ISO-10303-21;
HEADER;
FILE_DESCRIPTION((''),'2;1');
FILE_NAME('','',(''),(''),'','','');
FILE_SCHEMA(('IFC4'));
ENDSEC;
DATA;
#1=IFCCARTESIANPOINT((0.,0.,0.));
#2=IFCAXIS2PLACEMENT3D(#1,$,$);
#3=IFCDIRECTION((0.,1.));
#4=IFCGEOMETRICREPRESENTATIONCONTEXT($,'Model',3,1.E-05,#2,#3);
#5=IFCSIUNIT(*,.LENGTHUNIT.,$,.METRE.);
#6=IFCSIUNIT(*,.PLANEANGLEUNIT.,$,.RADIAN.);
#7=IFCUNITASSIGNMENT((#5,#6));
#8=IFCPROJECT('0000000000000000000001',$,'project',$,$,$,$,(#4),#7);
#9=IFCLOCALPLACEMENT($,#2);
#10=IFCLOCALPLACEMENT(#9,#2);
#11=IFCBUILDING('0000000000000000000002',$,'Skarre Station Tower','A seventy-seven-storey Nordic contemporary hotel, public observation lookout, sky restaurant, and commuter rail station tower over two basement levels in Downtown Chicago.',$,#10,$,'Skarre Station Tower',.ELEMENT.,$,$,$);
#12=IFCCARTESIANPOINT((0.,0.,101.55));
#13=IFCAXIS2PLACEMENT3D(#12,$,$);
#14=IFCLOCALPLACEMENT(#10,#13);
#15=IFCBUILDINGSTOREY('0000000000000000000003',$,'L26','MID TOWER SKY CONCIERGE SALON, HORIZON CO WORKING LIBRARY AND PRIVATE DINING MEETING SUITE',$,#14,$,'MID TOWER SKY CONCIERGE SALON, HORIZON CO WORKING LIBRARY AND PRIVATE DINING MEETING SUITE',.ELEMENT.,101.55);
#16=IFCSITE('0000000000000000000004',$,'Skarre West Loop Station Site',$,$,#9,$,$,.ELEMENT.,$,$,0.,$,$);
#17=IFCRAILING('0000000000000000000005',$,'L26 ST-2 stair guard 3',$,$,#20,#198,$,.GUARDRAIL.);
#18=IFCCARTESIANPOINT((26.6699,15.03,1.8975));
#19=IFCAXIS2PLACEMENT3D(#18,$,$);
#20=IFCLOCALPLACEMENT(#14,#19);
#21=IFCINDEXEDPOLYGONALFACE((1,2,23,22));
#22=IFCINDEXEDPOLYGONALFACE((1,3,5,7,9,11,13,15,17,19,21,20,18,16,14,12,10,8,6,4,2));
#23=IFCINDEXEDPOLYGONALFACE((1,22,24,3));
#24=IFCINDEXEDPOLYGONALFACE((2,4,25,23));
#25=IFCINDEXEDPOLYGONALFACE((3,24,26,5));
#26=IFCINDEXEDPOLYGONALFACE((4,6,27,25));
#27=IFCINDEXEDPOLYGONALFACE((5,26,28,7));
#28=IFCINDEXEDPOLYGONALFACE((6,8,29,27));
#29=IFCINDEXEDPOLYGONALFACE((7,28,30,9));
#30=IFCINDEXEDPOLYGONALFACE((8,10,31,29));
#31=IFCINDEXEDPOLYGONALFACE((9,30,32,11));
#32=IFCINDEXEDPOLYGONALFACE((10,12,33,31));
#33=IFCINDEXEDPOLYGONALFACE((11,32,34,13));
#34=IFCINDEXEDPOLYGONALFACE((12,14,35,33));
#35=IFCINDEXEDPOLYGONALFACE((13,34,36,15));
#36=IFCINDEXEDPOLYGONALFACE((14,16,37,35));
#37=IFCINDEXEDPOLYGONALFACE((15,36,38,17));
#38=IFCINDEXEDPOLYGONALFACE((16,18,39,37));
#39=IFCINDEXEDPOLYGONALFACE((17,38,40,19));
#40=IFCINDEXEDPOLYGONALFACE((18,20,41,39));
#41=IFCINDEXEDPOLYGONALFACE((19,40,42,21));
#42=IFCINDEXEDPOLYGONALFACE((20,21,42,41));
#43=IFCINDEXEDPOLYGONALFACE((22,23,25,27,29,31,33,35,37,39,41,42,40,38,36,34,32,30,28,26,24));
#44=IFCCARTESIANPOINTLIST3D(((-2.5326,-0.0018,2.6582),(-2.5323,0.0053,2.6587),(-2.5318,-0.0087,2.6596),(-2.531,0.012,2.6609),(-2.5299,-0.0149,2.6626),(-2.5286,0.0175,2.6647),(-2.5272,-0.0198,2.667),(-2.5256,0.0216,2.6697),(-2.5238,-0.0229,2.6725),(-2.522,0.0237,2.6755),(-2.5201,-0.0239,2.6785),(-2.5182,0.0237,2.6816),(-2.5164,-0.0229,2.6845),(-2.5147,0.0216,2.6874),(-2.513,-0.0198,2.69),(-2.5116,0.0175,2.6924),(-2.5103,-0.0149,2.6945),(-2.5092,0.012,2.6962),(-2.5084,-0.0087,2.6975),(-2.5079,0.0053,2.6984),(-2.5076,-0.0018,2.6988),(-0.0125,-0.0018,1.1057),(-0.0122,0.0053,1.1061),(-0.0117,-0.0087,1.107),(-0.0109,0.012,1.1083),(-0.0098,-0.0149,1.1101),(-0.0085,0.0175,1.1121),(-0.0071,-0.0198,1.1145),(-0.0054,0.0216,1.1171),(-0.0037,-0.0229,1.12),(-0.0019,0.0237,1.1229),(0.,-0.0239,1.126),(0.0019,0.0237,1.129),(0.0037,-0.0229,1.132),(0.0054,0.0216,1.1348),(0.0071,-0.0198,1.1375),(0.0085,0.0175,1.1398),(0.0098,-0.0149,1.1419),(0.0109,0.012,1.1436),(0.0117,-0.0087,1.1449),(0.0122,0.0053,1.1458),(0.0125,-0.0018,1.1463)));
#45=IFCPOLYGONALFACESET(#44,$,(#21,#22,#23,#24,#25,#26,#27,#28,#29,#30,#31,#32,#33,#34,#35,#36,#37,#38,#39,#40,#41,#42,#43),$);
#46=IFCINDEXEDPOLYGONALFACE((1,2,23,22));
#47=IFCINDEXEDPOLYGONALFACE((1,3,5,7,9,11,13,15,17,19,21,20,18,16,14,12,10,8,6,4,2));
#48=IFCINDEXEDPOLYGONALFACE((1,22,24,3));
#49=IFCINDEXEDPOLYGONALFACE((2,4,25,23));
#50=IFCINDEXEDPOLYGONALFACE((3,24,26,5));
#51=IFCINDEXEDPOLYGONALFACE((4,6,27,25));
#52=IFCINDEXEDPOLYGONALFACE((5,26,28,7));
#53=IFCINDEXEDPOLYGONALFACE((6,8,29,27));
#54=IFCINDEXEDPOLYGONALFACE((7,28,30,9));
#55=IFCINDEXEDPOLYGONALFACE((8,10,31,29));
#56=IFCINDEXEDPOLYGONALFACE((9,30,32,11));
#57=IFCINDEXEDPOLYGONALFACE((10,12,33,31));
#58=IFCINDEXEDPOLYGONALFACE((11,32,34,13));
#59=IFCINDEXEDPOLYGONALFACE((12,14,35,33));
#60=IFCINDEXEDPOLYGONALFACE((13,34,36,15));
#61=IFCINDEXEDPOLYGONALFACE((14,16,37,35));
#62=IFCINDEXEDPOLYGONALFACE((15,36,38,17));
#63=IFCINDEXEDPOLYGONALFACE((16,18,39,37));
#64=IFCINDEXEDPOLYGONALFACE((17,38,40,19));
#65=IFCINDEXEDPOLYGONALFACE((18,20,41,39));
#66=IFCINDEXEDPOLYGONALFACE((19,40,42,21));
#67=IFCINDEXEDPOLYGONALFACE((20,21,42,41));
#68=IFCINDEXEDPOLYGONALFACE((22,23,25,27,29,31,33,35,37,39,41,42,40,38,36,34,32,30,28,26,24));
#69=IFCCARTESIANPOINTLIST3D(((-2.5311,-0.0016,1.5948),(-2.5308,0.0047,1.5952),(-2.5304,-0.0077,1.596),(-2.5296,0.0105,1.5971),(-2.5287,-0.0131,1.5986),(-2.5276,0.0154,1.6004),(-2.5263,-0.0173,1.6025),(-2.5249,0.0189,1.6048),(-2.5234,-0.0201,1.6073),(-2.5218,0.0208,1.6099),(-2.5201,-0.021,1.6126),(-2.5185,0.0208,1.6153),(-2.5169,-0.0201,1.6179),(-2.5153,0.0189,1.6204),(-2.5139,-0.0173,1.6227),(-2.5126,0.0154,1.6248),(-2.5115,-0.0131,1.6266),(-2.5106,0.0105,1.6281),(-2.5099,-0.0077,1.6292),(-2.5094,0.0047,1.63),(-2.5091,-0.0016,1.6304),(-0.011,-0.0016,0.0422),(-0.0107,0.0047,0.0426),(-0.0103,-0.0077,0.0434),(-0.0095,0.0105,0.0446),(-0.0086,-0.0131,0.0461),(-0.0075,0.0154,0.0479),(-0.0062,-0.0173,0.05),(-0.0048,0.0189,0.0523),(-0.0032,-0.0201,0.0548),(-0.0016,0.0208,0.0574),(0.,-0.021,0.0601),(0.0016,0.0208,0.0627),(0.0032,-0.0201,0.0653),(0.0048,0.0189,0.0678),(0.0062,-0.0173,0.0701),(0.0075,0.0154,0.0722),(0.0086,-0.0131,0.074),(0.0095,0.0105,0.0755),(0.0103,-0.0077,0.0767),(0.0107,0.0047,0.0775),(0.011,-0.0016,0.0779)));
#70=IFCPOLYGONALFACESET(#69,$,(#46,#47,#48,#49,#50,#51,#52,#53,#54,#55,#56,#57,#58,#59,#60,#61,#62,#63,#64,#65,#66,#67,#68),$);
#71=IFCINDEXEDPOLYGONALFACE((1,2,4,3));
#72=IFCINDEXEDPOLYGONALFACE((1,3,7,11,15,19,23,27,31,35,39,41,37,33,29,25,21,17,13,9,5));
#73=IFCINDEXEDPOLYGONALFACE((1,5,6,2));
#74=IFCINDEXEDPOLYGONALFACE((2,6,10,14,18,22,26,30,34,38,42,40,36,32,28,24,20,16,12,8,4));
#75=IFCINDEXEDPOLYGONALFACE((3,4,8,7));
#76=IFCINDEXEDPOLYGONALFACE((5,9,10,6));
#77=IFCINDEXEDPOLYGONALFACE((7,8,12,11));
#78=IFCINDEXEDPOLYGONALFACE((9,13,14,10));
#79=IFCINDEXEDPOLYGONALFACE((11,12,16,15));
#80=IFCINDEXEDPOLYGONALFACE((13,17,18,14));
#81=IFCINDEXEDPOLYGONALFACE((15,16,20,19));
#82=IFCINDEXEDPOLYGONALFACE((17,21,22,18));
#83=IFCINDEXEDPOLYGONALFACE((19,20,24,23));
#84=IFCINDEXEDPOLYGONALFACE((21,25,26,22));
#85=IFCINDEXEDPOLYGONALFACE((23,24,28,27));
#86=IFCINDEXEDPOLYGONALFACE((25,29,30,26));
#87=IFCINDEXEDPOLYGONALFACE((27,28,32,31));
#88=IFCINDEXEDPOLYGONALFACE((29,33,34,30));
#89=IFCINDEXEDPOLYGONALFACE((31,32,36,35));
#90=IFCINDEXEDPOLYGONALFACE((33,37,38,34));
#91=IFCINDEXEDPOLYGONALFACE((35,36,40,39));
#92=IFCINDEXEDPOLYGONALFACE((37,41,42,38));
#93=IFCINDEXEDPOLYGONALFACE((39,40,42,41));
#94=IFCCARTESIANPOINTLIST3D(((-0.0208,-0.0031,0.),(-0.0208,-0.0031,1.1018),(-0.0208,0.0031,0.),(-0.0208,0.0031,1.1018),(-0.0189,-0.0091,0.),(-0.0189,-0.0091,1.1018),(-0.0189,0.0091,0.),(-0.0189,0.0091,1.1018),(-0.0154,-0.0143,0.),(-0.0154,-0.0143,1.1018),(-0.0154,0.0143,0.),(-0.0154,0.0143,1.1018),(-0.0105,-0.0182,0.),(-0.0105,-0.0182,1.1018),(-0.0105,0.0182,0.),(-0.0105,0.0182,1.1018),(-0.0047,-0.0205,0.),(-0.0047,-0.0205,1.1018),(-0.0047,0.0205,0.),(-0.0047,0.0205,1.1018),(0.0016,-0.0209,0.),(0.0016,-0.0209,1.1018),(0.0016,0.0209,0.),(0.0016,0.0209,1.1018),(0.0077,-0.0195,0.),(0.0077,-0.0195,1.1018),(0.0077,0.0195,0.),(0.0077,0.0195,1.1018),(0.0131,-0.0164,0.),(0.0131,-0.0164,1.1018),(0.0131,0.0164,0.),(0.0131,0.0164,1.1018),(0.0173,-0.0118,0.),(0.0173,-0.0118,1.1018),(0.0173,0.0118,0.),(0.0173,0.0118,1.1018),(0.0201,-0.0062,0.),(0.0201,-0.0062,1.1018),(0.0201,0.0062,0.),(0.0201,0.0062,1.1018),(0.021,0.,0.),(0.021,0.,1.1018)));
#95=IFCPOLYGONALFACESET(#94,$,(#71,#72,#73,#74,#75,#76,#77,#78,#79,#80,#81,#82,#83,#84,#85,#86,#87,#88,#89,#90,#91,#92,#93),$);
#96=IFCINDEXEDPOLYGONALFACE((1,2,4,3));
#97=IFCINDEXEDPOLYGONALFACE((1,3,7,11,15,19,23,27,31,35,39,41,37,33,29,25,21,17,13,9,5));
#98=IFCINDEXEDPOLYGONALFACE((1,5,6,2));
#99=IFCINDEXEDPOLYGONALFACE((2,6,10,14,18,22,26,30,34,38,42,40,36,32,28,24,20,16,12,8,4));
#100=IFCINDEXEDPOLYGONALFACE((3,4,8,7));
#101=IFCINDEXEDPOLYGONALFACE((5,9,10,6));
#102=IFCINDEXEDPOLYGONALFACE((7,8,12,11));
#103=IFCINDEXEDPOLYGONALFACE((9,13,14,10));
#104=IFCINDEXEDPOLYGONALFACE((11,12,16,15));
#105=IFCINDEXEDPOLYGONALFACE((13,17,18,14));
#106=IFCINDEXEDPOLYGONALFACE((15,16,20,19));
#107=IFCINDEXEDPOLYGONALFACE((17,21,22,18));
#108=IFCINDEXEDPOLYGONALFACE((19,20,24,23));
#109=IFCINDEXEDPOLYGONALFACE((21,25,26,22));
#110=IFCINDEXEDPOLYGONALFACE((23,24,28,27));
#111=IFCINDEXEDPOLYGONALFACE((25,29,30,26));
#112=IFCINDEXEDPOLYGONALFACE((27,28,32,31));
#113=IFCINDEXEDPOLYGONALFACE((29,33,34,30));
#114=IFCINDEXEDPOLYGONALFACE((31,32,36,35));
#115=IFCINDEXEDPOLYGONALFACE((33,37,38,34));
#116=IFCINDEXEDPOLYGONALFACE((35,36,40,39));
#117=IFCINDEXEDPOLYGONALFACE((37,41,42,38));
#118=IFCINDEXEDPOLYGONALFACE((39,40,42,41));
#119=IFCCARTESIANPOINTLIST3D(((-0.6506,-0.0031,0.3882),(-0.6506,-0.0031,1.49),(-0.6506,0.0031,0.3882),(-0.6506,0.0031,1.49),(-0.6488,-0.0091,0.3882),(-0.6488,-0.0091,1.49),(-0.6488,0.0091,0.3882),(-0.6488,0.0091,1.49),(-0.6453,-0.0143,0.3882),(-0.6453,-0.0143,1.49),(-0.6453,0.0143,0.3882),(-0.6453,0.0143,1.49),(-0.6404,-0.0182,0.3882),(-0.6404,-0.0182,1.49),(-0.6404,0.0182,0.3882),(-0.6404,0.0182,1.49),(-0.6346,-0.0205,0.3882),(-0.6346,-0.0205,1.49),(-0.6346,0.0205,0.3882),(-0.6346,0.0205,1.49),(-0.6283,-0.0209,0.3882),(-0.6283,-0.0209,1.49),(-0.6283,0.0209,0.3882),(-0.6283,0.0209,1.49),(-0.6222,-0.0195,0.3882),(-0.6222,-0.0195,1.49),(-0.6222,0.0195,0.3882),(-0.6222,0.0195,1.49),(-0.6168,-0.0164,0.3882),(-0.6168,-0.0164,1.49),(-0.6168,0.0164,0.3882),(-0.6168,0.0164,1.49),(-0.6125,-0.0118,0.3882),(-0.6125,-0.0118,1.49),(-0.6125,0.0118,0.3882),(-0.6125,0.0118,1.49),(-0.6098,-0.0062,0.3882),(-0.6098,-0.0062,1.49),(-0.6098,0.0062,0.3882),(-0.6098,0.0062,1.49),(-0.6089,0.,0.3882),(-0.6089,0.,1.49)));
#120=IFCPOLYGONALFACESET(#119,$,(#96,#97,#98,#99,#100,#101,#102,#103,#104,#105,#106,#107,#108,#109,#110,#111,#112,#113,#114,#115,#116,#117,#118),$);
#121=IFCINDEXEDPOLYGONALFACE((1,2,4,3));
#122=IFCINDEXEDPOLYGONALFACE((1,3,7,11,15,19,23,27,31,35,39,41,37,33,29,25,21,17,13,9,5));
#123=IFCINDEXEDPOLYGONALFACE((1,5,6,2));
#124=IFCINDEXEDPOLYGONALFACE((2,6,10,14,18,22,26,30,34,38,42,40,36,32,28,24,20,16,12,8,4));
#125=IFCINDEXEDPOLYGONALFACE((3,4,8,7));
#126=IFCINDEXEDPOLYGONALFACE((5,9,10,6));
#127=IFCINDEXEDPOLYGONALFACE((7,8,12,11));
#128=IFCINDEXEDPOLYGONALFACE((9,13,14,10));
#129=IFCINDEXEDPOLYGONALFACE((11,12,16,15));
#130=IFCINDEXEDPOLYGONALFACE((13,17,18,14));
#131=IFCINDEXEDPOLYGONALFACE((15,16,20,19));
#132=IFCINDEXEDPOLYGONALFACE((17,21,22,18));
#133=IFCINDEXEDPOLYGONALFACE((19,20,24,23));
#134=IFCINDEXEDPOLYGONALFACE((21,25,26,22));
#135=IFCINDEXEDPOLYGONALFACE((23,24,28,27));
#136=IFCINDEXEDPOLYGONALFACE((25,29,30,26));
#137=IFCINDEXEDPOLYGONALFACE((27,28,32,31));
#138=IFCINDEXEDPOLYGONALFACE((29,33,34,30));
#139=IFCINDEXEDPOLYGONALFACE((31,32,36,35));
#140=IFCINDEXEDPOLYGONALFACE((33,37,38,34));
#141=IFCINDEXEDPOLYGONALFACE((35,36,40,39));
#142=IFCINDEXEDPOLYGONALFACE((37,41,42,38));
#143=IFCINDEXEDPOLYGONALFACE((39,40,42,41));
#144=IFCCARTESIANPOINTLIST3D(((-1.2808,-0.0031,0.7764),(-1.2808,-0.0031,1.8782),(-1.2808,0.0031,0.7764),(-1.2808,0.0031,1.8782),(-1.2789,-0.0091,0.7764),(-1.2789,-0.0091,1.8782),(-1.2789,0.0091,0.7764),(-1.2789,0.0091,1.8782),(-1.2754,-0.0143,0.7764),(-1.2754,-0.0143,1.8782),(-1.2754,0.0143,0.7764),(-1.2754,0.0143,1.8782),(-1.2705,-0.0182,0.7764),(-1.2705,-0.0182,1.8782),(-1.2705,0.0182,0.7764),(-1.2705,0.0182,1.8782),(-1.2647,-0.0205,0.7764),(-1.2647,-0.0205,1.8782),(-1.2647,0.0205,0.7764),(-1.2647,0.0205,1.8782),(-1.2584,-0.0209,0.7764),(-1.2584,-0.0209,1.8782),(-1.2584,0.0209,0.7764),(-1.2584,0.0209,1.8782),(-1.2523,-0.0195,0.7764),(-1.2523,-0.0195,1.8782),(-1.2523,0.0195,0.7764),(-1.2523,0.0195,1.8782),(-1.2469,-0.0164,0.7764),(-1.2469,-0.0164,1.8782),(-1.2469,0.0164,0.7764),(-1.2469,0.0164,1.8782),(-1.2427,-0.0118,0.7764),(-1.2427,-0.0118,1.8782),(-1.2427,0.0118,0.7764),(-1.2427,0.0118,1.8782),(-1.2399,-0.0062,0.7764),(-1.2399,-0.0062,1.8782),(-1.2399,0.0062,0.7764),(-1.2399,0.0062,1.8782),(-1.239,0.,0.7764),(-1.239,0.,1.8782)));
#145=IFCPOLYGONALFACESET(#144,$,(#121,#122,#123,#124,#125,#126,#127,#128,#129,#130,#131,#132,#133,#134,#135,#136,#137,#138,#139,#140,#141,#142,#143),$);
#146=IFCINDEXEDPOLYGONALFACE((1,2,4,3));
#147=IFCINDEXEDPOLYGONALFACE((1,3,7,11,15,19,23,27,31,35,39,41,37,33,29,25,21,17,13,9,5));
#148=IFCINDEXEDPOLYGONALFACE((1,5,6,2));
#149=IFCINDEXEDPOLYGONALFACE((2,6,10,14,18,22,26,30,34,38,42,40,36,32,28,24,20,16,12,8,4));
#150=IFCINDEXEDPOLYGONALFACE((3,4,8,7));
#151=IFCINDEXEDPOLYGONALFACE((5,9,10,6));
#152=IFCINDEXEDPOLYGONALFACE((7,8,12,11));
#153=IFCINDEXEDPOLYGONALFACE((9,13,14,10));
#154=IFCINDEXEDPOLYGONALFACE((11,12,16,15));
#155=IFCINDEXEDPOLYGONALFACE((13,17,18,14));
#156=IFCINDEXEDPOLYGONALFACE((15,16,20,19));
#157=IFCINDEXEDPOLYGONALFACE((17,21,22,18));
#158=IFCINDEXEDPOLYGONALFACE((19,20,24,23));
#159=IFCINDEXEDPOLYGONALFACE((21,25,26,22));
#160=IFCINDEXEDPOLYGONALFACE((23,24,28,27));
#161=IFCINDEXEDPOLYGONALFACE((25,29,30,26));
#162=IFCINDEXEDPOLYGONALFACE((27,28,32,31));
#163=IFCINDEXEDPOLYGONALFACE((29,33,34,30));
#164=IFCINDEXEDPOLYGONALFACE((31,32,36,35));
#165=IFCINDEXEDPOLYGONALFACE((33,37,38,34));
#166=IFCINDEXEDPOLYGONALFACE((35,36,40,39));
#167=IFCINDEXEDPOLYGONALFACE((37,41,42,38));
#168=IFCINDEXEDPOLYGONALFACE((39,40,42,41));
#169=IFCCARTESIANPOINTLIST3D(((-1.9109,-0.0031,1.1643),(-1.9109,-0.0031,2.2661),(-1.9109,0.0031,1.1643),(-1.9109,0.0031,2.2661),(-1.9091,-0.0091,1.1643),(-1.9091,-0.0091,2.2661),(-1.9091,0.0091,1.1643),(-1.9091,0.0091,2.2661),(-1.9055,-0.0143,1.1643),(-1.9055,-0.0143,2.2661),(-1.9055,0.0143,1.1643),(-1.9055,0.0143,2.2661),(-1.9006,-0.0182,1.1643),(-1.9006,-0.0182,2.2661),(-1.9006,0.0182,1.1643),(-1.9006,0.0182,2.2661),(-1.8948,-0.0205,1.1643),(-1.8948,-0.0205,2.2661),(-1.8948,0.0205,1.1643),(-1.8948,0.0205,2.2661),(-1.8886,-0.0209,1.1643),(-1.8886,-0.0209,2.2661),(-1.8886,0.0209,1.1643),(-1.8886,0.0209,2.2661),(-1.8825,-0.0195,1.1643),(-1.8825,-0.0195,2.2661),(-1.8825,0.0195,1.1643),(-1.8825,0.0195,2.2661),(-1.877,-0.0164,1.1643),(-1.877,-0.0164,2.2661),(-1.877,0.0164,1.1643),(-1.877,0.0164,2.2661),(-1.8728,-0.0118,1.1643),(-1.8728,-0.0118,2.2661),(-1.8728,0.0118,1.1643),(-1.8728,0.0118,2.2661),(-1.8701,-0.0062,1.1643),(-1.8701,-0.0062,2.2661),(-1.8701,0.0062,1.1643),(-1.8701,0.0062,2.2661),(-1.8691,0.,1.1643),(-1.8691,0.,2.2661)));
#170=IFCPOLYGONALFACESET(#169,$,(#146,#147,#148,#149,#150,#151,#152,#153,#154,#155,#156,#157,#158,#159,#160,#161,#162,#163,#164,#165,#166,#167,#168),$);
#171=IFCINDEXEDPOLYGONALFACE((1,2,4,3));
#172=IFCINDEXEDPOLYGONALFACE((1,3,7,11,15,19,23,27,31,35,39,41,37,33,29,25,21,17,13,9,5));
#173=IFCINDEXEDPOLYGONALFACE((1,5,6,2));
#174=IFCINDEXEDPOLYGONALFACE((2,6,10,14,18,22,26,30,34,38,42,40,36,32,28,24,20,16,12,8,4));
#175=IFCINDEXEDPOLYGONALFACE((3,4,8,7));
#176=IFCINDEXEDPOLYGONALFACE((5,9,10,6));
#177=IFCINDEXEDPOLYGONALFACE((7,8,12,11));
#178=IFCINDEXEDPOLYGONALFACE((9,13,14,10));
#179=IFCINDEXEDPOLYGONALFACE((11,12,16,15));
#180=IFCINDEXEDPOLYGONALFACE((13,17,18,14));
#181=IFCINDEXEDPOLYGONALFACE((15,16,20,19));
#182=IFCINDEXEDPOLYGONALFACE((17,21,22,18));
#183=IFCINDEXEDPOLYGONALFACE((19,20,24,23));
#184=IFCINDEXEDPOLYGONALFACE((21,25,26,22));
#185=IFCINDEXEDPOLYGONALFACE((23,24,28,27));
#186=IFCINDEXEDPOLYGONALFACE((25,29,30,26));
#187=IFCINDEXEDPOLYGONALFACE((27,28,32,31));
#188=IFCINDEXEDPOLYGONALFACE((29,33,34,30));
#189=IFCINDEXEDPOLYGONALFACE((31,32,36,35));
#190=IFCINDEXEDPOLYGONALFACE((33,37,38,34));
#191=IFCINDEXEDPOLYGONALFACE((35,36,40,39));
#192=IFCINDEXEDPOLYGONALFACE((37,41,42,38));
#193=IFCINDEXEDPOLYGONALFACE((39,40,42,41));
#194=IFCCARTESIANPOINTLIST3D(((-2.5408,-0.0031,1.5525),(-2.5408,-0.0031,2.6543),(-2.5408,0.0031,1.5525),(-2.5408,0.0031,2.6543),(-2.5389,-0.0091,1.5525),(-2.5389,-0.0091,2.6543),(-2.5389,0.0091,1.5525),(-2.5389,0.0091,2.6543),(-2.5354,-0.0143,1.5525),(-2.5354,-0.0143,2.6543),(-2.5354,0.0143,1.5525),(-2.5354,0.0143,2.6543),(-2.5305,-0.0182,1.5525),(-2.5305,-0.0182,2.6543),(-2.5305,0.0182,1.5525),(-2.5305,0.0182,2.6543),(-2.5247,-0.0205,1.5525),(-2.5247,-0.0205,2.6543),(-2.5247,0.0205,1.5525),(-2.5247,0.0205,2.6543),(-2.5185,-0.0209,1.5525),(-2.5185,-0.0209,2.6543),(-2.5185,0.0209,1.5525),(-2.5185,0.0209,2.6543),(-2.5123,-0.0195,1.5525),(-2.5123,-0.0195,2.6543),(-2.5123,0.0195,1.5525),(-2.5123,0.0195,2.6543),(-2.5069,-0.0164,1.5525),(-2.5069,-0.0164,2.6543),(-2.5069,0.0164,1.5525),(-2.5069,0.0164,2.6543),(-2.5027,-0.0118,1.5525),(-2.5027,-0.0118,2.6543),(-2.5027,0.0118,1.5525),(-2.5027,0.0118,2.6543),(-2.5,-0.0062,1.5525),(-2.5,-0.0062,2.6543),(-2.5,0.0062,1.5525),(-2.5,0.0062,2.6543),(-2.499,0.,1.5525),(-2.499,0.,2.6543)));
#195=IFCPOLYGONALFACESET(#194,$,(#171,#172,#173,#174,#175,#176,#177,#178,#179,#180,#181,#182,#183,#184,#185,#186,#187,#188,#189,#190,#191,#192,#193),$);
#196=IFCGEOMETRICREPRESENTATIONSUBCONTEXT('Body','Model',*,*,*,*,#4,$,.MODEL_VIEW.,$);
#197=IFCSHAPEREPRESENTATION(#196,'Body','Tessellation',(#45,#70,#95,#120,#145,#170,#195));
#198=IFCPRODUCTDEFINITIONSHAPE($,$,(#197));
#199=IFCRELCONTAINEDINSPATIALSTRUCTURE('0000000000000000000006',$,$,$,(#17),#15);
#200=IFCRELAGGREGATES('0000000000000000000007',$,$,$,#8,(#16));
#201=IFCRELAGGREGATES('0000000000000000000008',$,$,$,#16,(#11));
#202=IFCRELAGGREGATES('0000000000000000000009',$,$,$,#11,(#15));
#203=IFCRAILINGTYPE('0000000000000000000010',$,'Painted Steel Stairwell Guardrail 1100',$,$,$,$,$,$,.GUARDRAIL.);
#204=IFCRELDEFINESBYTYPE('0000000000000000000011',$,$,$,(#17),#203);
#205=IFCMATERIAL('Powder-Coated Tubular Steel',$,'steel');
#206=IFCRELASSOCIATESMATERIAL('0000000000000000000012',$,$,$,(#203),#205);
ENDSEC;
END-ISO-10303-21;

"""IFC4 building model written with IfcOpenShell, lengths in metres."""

from ifc_helpers import new_model, si_unit, direction, frame, origin, origin_2d, place, context, subcontext, project, spatial, circle, extrude, material, type_object, element, save


model = new_model("IFC4")

# Units and contexts
model_context = context("Model", 3, precision=1e-05, world=origin(), true_north=direction((0.0, 1.0)))
body_context = subcontext(model_context, "Body", "Model", "MODEL_VIEW")
ifc_project = project(units=[si_unit("LENGTHUNIT", "METRE"), si_unit("PLANEANGLEUNIT", "RADIAN")], contexts=[model_context])

# Site, building, storey
site_placement = place(None, origin())
site = spatial("IfcSite", under=ifc_project, at=site_placement, Name="Skarre West Loop Station Site", CompositionType="ELEMENT", RefElevation=0.0)
building_placement = place(site_placement, origin())
building = spatial("IfcBuilding", under=site, at=building_placement, Name="Skarre Station Tower", Description="A seventy-seven-storey Nordic contemporary hotel, public observation lookout, sky restaurant, and commuter rail station tower over two basement levels in Downtown Chicago.", LongName="Skarre Station Tower", CompositionType="ELEMENT")
storey_placement = place(building_placement, frame((0.0, 0.0, 101.55)))
storey = spatial("IfcBuildingStorey", under=building, at=storey_placement, Name="L26", Description="MID TOWER SKY CONCIERGE SALON, HORIZON CO WORKING LIBRARY AND PRIVATE DINING MEETING SUITE", LongName="MID TOWER SKY CONCIERGE SALON, HORIZON CO WORKING LIBRARY AND PRIVATE DINING MEETING SUITE", CompositionType="ELEMENT", Elevation=101.55)

# Railing
ifc_material_1 = material(Name="Powder-Coated Tubular Steel", Category="steel")
railing_type_1 = type_object("IfcRailingType", Name="Painted Steel Stairwell Guardrail 1100", PredefinedType="GUARDRAIL", material=ifc_material_1)
railing_1_placement = place(storey_placement, frame((26.6699, 15.03, 1.8975)))
element("IfcRailing", 1, at=railing_1_placement, inside=storey, type_object=railing_type_1, Name="L26 ST-2 stair guard 3", PredefinedType="GUARDRAIL", context=body_context, shape_type="SweptSolid", body=[
    extrude(circle(Radius=0.0239, at=origin_2d()), frame((0.0, 0.0, 1.126), z_axis=(-0.8514, 0.0, 0.524516), x_axis=(0.0, -1.0, 0.0)), (0.0, 0.0, 1.0), 2.96),
    extrude(circle(Radius=0.021, at=origin_2d()), frame((0.0, 0.0, 0.0601), z_axis=(-0.8514, 0.0, 0.524516), x_axis=(0.0, -1.0, 0.0)), (0.0, 0.0, 1.0), 2.96),
    extrude(circle(Radius=0.021, at=origin_2d()), origin(), (0.0, 0.0, 1.0), 1.1018),
    extrude(circle(Radius=0.021, at=origin_2d()), frame((-0.6299, 0.0, 0.3882)), (0.0, 0.0, 1.0), 1.1018),
    extrude(circle(Radius=0.021, at=origin_2d()), frame((-1.26, 0.0, 0.7764)), (0.0, 0.0, 1.0), 1.1018),
    extrude(circle(Radius=0.021, at=origin_2d()), frame((-1.8901, 0.0, 1.1643)), (0.0, 0.0, 1.0), 1.1018),
    extrude(circle(Radius=0.021, at=origin_2d()), frame((-2.52, 0.0, 1.5525)), (0.0, 0.0, 1.0), 1.1018),
])

save(model, "model.ifc")
